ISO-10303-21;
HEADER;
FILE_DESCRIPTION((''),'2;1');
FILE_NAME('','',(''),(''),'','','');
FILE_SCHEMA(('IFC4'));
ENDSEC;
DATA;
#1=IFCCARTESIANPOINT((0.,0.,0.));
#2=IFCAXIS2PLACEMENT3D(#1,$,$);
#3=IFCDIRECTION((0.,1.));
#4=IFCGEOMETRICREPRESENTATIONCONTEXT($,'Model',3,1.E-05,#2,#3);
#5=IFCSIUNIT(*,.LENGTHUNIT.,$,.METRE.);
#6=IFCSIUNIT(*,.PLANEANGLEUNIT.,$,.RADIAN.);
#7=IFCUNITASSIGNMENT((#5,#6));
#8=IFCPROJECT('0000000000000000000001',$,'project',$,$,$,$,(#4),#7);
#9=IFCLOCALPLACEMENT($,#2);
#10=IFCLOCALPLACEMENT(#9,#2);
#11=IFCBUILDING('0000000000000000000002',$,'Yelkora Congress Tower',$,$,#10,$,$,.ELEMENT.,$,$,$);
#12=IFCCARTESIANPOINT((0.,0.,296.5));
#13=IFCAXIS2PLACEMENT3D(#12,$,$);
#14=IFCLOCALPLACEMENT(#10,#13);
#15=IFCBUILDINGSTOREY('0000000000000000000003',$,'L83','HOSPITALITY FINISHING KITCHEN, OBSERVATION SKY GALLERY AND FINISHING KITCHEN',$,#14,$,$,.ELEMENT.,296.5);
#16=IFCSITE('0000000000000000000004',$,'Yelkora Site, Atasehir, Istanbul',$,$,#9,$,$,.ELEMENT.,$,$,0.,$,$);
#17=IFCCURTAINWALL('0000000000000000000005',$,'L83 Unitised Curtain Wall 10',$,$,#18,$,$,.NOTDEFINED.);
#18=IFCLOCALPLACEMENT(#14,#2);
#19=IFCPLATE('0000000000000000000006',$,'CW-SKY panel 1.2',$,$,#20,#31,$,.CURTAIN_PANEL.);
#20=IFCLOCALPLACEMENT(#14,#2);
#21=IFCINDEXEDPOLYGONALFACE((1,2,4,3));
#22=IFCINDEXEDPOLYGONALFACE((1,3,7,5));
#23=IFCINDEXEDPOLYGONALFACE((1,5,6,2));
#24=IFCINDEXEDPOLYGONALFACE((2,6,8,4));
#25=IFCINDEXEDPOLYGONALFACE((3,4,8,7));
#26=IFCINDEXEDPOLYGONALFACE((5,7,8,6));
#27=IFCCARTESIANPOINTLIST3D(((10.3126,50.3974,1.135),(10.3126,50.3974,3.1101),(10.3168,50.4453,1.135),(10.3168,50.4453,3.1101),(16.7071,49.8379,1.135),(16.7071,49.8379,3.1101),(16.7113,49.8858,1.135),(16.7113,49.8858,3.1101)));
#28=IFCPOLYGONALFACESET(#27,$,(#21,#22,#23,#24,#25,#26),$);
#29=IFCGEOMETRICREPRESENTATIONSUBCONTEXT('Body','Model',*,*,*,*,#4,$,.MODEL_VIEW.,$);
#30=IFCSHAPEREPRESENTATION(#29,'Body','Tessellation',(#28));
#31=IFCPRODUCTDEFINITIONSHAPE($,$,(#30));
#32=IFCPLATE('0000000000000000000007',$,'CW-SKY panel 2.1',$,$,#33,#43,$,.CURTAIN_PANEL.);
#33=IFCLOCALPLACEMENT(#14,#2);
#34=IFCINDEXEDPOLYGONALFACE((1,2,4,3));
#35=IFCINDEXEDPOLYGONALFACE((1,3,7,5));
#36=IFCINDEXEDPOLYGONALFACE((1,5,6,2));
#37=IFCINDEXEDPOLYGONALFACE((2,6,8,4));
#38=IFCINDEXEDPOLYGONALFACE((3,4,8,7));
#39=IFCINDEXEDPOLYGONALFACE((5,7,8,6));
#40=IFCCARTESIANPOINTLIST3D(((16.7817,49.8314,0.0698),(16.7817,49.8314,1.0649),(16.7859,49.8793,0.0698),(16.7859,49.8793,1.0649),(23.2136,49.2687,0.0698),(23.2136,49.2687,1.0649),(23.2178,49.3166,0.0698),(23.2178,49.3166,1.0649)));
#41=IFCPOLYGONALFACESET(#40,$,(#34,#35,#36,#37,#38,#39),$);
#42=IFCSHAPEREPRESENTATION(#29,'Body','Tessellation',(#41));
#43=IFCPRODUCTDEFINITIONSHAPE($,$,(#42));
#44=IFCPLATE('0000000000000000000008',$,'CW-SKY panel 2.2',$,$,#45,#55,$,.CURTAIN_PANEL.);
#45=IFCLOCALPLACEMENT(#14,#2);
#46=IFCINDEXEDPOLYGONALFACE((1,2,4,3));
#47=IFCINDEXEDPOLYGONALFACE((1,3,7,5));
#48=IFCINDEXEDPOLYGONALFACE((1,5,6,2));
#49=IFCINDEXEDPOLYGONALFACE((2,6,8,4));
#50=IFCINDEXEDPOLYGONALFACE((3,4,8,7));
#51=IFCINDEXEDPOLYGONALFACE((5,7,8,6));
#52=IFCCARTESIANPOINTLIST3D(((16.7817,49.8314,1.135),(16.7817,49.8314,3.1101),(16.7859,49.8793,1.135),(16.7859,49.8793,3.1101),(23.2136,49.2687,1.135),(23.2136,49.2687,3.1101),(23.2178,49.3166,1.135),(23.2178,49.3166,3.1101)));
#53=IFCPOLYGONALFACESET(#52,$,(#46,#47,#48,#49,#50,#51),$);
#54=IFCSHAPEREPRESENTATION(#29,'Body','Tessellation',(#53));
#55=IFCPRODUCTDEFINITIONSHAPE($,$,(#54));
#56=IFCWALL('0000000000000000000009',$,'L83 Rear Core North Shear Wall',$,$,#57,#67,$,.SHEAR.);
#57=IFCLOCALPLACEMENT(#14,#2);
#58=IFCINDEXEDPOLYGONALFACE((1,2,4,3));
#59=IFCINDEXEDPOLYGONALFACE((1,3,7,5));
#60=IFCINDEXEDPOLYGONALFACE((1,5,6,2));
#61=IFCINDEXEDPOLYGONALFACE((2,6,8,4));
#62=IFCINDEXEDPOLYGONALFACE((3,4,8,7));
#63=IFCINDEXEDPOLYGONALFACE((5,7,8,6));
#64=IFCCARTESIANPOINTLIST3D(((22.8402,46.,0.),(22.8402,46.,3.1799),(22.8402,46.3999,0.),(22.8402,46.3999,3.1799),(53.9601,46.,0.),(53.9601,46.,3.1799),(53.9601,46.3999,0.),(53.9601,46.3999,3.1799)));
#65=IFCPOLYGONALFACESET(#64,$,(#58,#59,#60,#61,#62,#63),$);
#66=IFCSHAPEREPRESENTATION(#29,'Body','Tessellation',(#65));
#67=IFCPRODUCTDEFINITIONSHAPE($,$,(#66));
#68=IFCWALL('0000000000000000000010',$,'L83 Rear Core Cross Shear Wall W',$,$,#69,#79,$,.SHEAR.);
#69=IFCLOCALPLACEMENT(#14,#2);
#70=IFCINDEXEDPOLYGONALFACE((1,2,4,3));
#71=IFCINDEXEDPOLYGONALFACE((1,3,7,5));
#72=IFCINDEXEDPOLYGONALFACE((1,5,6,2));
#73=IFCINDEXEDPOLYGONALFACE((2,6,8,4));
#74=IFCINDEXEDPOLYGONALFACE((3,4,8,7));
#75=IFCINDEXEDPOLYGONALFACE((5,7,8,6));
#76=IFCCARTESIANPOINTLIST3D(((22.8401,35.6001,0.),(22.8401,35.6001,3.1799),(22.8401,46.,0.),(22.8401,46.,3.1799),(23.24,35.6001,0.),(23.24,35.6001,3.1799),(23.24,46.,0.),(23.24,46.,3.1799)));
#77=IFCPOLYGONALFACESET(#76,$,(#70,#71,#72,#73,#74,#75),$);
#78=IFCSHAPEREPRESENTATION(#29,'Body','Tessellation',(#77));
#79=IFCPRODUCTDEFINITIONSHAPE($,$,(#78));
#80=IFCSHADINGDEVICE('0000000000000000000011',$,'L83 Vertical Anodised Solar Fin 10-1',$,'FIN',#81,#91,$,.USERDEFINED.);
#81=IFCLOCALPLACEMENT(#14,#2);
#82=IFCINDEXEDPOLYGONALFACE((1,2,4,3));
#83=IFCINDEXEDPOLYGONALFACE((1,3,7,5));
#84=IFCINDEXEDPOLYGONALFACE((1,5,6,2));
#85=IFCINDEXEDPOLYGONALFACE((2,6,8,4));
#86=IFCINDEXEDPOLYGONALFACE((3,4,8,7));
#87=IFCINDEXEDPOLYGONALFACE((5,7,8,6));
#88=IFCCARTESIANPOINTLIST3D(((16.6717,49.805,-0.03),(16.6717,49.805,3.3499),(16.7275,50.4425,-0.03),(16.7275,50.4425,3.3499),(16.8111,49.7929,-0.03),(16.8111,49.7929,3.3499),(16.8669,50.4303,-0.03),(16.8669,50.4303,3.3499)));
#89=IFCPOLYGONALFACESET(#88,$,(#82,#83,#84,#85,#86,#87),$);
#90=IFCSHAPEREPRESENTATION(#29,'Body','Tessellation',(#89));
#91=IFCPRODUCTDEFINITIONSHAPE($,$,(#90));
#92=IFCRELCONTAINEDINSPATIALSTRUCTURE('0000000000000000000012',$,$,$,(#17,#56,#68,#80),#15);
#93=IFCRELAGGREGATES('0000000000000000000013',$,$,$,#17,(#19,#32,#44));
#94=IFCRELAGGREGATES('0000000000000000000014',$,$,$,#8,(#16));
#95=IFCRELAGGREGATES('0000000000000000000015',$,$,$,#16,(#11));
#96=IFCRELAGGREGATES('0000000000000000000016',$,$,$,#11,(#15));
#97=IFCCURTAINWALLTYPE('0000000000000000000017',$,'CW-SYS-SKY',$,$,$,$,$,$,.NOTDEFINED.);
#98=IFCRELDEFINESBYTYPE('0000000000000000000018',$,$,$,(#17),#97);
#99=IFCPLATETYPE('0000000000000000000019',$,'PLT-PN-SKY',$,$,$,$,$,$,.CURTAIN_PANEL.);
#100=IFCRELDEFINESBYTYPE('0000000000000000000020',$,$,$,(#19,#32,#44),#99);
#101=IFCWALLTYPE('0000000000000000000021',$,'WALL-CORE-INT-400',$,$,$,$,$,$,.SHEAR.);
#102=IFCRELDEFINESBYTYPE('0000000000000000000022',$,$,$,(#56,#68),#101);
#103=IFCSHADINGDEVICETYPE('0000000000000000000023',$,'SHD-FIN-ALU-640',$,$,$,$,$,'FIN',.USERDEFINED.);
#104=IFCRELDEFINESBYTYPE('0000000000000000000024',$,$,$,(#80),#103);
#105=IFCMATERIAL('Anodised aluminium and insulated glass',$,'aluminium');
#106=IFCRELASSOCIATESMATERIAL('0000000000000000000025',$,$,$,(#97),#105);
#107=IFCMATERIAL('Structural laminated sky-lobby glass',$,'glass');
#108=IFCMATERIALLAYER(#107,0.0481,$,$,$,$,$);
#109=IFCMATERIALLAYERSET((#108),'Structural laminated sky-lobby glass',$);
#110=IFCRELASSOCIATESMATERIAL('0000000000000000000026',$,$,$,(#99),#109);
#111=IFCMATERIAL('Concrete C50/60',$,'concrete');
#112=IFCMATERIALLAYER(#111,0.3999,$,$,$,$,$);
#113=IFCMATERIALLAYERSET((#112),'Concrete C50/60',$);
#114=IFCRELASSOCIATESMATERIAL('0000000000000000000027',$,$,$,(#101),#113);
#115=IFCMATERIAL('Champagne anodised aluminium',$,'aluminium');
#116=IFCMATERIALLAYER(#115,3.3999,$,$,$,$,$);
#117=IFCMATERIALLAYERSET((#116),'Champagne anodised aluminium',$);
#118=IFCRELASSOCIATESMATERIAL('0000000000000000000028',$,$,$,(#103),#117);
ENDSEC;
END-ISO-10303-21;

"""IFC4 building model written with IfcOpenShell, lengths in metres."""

from ifc_helpers import new_model, si_unit, direction, frame, frame_2d, origin, origin_2d, place, context, subcontext, project, spatial, rectangle, extrude, material, layer, layer_set, type_object, element, aggregate, save


model = new_model("IFC4")

# Units and contexts
model_context = context("Model", 3, precision=1e-05, world=origin(), true_north=direction((0.0, 1.0)))
body_context = subcontext(model_context, "Body", "Model", "MODEL_VIEW")
ifc_project = project(units=[si_unit("LENGTHUNIT", "METRE"), si_unit("PLANEANGLEUNIT", "RADIAN")], contexts=[model_context])

# Site, building, storey
site_placement = place(None, origin())
site = spatial("IfcSite", under=ifc_project, at=site_placement, Name="Yelkora Site, Atasehir, Istanbul", CompositionType="ELEMENT", RefElevation=0.0)
building_placement = place(site_placement, origin())
building = spatial("IfcBuilding", under=site, at=building_placement, Name="Yelkora Congress Tower", CompositionType="ELEMENT")
storey_placement = place(building_placement, frame((0.0, 0.0, 296.5)))
storey = spatial("IfcBuildingStorey", under=building, at=storey_placement, Name="L83", Description="HOSPITALITY FINISHING KITCHEN, OBSERVATION SKY GALLERY AND FINISHING KITCHEN", CompositionType="ELEMENT", Elevation=296.5)

# Curtain wall, plates
ifc_material_1 = material(Name="Anodised aluminium and insulated glass", Category="aluminium")
curtain_wall_type = type_object("IfcCurtainWallType", Name="CW-SYS-SKY", PredefinedType="NOTDEFINED", material=ifc_material_1)
curtain_wall_placement = place(storey_placement, origin())
curtain_wall = element("IfcCurtainWall", 1, at=curtain_wall_placement, inside=storey, type_object=curtain_wall_type, Name="L83 Unitised Curtain Wall 10", PredefinedType="NOTDEFINED")
ifc_material_2 = material(Name="Structural laminated sky-lobby glass", Category="glass")
ifc_layer_1 = layer(ifc_material_2, 0.0481)
ifc_layer_set_1 = layer_set([ifc_layer_1], Name="Structural laminated sky-lobby glass")
plate_type = type_object("IfcPlateType", Name="PLT-PN-SKY", PredefinedType="CURTAIN_PANEL", material=ifc_layer_set_1)
plate_1_placement = place(storey_placement, frame((13.512, 50.1416, 1.135), z_axis=(0.0, 0.0, 1.0), x_axis=(0.996195, -0.087157, 0.0)))
plate_1 = element("IfcPlate", 2, at=plate_1_placement, type_object=plate_type, Name="CW-SKY panel 1.2", PredefinedType="CURTAIN_PANEL", context=body_context, shape_type="SweptSolid", body=[
    extrude(rectangle(XDim=6.4189, YDim=0.0481, at=origin_2d()), origin(), (0.0, 0.0, 1.0), 1.9751),
])
plate_2_placement = place(storey_placement, frame((19.9998, 49.574, 0.0698), z_axis=(0.0, 0.0, 1.0), x_axis=(0.996195, -0.087157, 0.0)))
plate_2 = element("IfcPlate", 3, at=plate_2_placement, type_object=plate_type, Name="CW-SKY panel 2.1", PredefinedType="CURTAIN_PANEL", context=body_context, shape_type="SweptSolid", body=[
    extrude(rectangle(XDim=6.4565, YDim=0.0481, at=origin_2d()), origin(), (0.0, 0.0, 1.0), 0.9951),
])
plate_3_placement = place(storey_placement, frame((19.9998, 49.574, 1.135), z_axis=(0.0, 0.0, 1.0), x_axis=(0.996195, -0.087157, 0.0)))
plate_3 = element("IfcPlate", 4, at=plate_3_placement, type_object=plate_type, Name="CW-SKY panel 2.2", PredefinedType="CURTAIN_PANEL", context=body_context, shape_type="SweptSolid", body=[
    extrude(rectangle(XDim=6.4565, YDim=0.0481, at=origin_2d()), origin(), (0.0, 0.0, 1.0), 1.9751),
])
aggregate(curtain_wall, [plate_1, plate_2, plate_3])

# Walls
ifc_material_3 = material(Name="Concrete C50/60", Category="concrete")
ifc_layer_2 = layer(ifc_material_3, 0.3999)
ifc_layer_set_2 = layer_set([ifc_layer_2], Name="Concrete C50/60")
wall_type = type_object("IfcWallType", Name="WALL-CORE-INT-400", PredefinedType="SHEAR", material=ifc_layer_set_2)
wall_1_placement = place(storey_placement, frame((22.8401, 46.2, 0.0), z_axis=(0.0, 0.0, 1.0), x_axis=(1.0, 0.0, 0.0)))
element("IfcWall", 5, at=wall_1_placement, inside=storey, type_object=wall_type, Name="L83 Rear Core North Shear Wall", PredefinedType="SHEAR", context=body_context, shape_type="SweptSolid", body=[
    extrude(rectangle(XDim=31.1199, YDim=0.3999, at=frame_2d((15.5601, 0.0))), origin(), (0.0, 0.0, 1.0), 3.1799),
])
wall_2_placement = place(storey_placement, frame((23.04, 35.6001, 0.0), z_axis=(0.0, 0.0, 1.0), x_axis=(0.0, 1.0, 0.0)))
element("IfcWall", 6, at=wall_2_placement, inside=storey, type_object=wall_type, Name="L83 Rear Core Cross Shear Wall W", PredefinedType="SHEAR", context=body_context, shape_type="SweptSolid", body=[
    extrude(rectangle(XDim=10.3999, YDim=0.3999, at=frame_2d((5.2, 0.0))), origin(), (0.0, 0.0, 1.0), 3.1799),
])

# Shading device
ifc_material_4 = material(Name="Champagne anodised aluminium", Category="aluminium")
ifc_layer_3 = layer(ifc_material_4, 3.3999)
ifc_layer_set_3 = layer_set([ifc_layer_3], Name="Champagne anodised aluminium")
shading_device_type = type_object("IfcShadingDeviceType", Name="SHD-FIN-ALU-640", ElementType="FIN", PredefinedType="USERDEFINED", material=ifc_layer_set_3)
shading_device_placement = place(storey_placement, frame((16.7693, 50.1177, -0.03), z_axis=(0.0, 0.0, 1.0), x_axis=(0.996195, -0.087156, 0.0)))
element("IfcShadingDevice", 7, at=shading_device_placement, inside=storey, type_object=shading_device_type, Name="L83 Vertical Anodised Solar Fin 10-1", ObjectType="FIN", PredefinedType="USERDEFINED", context=body_context, shape_type="SweptSolid", body=[
    extrude(rectangle(XDim=0.1399, YDim=0.6399, at=origin_2d()), origin(), (0.0, 0.0, 1.0), 3.3799),
])

save(model, "model.ifc")
